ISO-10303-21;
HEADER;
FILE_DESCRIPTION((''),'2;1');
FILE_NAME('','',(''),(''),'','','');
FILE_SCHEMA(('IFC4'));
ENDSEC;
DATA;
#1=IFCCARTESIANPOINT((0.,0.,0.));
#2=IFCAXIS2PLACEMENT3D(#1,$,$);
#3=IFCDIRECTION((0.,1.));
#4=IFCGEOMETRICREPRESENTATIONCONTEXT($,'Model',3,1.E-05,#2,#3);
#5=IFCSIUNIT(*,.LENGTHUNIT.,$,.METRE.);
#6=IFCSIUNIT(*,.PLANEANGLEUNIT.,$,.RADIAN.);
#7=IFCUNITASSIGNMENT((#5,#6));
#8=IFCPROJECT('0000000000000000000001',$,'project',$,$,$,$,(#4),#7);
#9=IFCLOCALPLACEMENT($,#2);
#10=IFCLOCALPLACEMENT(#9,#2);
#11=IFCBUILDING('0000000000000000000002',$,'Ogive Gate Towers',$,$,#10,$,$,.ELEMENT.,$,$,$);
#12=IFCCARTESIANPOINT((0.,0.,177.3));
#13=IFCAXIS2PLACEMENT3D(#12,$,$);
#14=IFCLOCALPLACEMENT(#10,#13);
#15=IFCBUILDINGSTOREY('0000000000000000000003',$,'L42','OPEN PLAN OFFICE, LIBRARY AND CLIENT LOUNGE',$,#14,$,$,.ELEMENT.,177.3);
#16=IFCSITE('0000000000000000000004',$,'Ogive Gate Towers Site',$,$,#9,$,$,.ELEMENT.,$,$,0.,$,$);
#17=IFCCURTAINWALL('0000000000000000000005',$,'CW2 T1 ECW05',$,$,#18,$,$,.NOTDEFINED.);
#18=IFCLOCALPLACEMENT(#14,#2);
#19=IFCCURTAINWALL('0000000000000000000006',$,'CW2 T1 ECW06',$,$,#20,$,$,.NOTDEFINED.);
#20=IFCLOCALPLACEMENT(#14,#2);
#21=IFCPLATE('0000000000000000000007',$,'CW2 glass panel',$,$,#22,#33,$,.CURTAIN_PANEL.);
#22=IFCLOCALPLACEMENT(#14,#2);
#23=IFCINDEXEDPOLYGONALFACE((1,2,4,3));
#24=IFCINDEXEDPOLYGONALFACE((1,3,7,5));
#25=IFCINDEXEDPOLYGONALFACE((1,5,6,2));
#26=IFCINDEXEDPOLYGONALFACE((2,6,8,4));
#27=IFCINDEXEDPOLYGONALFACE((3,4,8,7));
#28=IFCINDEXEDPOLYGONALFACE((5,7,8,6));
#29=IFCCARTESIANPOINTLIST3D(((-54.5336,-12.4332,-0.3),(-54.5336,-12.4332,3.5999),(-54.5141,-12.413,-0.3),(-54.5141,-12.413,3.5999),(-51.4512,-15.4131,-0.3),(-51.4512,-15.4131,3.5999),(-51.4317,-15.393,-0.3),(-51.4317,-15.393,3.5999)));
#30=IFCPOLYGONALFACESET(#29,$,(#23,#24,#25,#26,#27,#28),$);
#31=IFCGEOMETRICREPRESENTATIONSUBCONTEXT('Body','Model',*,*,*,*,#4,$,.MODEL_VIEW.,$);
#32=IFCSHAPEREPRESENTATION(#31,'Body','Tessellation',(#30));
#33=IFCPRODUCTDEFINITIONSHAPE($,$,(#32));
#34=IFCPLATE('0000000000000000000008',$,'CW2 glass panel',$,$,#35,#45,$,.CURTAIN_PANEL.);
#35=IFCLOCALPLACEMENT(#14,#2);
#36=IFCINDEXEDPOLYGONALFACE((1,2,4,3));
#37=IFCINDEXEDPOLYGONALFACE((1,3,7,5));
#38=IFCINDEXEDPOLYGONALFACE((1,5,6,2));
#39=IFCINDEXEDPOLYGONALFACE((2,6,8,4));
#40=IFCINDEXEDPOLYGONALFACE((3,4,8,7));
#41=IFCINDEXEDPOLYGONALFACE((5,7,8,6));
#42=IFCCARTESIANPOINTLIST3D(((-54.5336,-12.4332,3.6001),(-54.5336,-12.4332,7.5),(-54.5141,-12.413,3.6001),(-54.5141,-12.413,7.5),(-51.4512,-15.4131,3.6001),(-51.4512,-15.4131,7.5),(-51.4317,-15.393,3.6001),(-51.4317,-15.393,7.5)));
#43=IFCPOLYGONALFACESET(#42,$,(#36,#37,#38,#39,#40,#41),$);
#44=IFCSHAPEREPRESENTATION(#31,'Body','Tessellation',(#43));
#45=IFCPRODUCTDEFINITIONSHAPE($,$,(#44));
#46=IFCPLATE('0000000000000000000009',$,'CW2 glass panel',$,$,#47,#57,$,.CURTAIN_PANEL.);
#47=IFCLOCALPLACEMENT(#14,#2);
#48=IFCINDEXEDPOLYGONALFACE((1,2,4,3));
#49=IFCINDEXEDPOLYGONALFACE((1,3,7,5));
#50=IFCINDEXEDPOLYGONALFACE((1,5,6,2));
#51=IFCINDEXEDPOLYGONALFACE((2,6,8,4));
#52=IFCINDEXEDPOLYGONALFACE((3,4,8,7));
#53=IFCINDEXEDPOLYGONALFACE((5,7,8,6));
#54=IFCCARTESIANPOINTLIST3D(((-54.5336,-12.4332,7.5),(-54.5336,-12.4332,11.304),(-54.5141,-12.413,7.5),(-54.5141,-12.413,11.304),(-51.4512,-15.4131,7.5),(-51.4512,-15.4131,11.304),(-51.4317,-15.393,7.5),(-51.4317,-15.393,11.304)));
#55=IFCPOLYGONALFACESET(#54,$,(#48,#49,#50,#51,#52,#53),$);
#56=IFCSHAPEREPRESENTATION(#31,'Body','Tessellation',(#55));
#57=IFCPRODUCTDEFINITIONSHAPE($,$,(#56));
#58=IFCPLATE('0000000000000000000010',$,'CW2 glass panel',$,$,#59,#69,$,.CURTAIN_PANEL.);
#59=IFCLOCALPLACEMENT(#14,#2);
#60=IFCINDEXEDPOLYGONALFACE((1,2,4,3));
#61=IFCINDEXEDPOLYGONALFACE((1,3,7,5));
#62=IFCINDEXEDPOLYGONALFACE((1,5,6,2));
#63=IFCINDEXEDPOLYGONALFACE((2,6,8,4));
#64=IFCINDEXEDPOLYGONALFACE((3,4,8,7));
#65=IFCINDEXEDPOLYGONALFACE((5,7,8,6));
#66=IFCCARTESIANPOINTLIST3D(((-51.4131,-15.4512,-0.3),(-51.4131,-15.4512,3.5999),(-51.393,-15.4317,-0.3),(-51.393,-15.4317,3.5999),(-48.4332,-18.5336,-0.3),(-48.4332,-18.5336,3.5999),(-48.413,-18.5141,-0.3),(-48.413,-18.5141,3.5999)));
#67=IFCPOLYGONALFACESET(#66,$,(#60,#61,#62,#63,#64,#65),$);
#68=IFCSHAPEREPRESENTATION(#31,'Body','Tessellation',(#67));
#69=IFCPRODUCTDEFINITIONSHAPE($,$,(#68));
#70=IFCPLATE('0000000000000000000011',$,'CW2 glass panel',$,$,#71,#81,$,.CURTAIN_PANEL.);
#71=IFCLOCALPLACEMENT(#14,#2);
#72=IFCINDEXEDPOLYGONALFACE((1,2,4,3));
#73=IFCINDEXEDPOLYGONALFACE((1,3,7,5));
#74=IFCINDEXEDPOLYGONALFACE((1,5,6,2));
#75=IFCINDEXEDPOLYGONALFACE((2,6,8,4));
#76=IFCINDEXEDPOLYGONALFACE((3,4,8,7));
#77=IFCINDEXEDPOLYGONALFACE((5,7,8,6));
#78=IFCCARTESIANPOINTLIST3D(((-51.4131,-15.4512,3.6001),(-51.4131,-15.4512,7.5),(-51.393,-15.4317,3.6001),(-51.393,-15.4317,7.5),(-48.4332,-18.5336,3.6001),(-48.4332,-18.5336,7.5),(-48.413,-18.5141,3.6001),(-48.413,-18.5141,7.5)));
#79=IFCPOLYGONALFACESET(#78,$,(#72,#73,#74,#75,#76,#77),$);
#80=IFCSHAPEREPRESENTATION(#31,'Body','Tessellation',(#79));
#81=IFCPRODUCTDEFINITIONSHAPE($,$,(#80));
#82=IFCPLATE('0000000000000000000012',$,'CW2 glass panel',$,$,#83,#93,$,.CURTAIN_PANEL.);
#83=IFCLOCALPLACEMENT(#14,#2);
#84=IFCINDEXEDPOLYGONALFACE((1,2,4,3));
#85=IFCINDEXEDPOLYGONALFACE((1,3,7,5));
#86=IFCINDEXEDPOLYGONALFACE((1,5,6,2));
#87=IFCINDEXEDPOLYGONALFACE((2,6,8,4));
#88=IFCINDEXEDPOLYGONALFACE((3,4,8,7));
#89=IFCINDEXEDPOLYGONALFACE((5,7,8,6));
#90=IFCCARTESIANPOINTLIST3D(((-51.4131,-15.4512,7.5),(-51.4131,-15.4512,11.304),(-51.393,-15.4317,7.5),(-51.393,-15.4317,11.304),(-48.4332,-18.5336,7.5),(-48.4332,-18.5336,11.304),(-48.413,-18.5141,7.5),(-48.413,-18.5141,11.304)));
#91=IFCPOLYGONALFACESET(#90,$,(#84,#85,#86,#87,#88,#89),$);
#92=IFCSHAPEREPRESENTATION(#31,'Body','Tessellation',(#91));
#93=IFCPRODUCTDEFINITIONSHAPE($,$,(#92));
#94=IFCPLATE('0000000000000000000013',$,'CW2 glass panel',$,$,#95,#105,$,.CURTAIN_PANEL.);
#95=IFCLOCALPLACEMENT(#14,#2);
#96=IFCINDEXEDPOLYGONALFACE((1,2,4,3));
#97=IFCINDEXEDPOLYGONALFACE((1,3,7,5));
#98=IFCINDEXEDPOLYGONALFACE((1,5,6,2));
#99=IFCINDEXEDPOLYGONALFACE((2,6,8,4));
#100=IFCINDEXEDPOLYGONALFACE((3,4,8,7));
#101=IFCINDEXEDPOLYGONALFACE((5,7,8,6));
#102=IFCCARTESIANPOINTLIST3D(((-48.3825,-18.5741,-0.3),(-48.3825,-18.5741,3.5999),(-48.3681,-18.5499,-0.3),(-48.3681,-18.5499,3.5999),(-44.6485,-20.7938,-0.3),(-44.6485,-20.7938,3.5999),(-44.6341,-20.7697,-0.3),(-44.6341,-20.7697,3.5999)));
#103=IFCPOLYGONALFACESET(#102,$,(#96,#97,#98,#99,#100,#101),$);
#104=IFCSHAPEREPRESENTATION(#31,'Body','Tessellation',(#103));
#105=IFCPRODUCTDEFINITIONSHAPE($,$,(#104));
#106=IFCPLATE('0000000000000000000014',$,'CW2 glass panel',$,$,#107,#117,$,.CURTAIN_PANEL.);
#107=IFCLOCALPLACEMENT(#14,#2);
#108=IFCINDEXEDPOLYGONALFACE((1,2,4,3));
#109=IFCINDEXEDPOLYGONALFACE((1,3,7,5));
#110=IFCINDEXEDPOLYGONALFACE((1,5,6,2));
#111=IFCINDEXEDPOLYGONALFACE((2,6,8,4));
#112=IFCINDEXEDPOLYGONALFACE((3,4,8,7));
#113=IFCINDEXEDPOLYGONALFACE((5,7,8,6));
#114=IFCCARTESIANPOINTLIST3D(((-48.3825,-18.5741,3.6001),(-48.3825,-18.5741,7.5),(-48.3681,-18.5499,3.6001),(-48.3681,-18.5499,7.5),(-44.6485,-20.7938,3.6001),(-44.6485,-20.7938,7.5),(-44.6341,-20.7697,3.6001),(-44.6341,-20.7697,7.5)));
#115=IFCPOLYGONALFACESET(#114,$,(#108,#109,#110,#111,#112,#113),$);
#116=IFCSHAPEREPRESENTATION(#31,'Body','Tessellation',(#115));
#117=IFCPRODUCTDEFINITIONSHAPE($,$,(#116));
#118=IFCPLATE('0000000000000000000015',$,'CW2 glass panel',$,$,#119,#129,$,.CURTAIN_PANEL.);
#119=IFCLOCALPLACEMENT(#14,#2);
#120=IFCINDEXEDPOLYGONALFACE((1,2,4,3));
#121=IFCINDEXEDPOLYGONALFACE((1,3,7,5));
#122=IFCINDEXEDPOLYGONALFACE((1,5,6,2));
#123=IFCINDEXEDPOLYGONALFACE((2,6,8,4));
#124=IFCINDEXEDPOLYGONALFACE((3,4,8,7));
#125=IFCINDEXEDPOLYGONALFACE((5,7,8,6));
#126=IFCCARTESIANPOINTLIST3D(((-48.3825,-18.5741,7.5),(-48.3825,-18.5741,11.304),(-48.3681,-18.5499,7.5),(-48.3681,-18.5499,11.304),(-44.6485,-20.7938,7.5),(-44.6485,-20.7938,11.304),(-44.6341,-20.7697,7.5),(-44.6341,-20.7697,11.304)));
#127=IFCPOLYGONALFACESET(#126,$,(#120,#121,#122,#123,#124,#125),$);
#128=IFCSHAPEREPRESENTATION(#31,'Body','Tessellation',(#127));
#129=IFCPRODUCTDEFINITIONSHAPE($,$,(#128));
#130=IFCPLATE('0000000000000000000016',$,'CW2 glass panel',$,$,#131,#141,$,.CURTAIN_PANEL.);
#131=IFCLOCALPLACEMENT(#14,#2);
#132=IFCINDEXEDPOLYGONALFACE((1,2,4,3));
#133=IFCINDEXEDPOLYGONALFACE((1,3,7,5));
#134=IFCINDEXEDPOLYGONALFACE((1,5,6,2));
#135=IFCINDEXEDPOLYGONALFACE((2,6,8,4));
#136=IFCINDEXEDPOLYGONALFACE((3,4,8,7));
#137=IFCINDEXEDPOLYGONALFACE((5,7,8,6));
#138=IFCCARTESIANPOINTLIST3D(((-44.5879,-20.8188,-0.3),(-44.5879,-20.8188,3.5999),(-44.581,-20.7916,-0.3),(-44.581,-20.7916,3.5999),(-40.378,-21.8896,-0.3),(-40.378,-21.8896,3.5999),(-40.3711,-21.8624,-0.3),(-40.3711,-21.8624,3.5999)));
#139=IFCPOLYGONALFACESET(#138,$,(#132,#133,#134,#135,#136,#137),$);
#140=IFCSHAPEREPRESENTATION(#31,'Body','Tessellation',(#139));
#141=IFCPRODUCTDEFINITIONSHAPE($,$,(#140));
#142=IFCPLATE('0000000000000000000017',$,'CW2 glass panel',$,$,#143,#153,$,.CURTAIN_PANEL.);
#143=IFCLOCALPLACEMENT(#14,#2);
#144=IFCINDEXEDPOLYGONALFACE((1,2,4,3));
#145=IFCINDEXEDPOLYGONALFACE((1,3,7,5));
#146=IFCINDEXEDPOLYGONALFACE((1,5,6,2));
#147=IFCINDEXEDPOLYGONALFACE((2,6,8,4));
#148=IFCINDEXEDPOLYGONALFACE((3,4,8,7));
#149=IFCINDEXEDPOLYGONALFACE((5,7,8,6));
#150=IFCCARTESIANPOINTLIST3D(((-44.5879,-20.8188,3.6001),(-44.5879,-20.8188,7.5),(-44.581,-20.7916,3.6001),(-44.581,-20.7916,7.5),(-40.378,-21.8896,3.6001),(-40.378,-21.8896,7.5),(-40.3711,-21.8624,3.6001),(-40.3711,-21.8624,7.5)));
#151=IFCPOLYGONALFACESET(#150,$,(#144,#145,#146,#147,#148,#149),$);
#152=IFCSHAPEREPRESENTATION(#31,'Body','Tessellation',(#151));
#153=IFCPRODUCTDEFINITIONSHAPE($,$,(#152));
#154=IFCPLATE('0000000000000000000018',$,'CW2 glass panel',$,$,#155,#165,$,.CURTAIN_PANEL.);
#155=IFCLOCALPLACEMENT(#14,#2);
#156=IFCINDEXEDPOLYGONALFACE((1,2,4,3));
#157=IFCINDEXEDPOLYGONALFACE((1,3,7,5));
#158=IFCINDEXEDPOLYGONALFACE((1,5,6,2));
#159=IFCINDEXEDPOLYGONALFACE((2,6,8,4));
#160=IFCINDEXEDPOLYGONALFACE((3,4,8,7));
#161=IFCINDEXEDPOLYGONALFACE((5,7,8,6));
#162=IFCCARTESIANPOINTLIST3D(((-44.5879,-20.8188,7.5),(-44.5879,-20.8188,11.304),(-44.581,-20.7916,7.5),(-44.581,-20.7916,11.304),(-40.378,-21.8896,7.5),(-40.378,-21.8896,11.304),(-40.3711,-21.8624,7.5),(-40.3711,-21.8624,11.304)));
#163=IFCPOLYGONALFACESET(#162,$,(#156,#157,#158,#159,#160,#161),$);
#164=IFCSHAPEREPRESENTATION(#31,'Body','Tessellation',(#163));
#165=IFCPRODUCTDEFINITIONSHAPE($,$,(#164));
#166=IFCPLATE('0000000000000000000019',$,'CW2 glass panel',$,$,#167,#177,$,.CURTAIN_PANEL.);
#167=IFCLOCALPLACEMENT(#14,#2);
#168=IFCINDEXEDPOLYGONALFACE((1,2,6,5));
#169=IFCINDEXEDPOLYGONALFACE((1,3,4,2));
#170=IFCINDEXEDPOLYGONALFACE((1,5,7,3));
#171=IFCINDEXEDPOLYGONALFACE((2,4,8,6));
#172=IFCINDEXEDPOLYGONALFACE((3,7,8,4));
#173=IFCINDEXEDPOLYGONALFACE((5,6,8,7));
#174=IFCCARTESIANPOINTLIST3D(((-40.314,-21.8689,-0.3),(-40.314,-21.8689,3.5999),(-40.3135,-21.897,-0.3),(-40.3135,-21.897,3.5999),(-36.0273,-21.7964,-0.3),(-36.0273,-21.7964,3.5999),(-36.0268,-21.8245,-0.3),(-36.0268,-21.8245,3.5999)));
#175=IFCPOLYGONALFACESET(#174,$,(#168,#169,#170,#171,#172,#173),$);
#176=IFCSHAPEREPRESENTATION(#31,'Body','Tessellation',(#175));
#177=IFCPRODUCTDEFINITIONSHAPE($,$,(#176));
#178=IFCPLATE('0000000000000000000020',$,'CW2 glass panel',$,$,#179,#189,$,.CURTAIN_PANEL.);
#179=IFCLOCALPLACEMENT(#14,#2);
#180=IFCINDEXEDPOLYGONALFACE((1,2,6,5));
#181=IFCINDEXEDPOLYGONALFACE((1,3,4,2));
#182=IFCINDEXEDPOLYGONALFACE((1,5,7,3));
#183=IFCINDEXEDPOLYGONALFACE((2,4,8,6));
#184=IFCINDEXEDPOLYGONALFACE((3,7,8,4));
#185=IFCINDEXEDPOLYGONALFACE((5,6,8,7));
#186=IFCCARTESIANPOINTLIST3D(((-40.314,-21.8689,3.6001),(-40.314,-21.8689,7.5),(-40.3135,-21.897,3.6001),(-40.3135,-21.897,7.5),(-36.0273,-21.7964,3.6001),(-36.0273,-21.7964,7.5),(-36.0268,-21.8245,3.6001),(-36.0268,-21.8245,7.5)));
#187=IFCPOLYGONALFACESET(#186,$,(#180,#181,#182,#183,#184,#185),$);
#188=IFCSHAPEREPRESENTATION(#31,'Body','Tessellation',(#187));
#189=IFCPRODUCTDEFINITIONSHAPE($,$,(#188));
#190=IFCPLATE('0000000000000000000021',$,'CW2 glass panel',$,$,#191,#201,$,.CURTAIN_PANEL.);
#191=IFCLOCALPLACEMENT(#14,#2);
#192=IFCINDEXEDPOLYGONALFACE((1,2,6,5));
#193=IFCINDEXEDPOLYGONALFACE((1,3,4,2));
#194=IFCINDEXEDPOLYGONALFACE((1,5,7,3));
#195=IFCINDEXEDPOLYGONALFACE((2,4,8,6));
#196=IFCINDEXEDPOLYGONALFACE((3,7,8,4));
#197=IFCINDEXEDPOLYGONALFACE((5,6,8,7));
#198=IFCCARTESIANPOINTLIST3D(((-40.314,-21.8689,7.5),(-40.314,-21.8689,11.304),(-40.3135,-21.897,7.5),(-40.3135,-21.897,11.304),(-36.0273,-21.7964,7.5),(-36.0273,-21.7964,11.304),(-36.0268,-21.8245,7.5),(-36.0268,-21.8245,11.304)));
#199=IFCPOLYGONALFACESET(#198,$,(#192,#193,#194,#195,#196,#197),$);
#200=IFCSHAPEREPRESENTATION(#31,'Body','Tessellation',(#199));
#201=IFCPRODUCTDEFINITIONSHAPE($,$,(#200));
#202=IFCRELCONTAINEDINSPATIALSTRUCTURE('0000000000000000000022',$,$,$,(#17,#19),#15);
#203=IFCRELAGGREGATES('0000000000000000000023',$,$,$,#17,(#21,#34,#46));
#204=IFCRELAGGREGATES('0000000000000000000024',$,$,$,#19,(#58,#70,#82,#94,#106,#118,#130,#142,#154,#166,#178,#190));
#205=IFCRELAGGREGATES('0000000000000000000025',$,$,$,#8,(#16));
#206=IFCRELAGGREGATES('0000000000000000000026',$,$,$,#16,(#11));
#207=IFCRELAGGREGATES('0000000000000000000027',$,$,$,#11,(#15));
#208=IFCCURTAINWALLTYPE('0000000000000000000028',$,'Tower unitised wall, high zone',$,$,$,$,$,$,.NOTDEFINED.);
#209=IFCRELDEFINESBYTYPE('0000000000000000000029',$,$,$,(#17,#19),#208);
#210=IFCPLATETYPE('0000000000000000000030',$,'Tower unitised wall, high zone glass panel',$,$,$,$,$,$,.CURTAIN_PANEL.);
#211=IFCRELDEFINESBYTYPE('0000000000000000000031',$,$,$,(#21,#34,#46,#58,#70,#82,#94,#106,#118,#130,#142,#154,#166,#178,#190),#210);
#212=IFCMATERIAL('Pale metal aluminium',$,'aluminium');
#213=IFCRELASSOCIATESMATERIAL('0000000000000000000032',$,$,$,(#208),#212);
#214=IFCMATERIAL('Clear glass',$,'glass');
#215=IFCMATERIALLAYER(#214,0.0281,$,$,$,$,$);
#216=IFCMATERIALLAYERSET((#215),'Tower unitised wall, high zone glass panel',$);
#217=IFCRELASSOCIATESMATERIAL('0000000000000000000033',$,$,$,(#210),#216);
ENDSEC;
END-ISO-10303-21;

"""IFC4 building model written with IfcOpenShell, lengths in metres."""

from ifc_helpers import new_model, si_unit, direction, frame, origin, origin_2d, place, context, subcontext, project, spatial, rectangle, extrude, material, layer, layer_set, type_object, element, aggregate, save


model = new_model("IFC4")

# Units and contexts
model_context = context("Model", 3, precision=1e-05, world=origin(), true_north=direction((0.0, 1.0)))
body_context = subcontext(model_context, "Body", "Model", "MODEL_VIEW")
ifc_project = project(units=[si_unit("LENGTHUNIT", "METRE"), si_unit("PLANEANGLEUNIT", "RADIAN")], contexts=[model_context])

# Site, building, storey
site_placement = place(None, origin())
site = spatial("IfcSite", under=ifc_project, at=site_placement, Name="Ogive Gate Towers Site", CompositionType="ELEMENT", RefElevation=0.0)
building_placement = place(site_placement, origin())
building = spatial("IfcBuilding", under=site, at=building_placement, Name="Ogive Gate Towers", CompositionType="ELEMENT")
storey_placement = place(building_placement, frame((0.0, 0.0, 177.3)))
storey = spatial("IfcBuildingStorey", under=building, at=storey_placement, Name="L42", Description="OPEN PLAN OFFICE, LIBRARY AND CLIENT LOUNGE", CompositionType="ELEMENT", Elevation=177.3)

# Curtain walls
ifc_material_1 = material(Name="Pale metal aluminium", Category="aluminium")
curtain_wall_type = type_object("IfcCurtainWallType", Name="Tower unitised wall, high zone", PredefinedType="NOTDEFINED", material=ifc_material_1)
curtain_wall_1_placement = place(storey_placement, origin())
curtain_wall_1 = element("IfcCurtainWall", 1, at=curtain_wall_1_placement, inside=storey, type_object=curtain_wall_type, Name="CW2 T1 ECW05", PredefinedType="NOTDEFINED")
curtain_wall_2_placement = place(storey_placement, origin())
curtain_wall_2 = element("IfcCurtainWall", 2, at=curtain_wall_2_placement, inside=storey, type_object=curtain_wall_type, Name="CW2 T1 ECW06", PredefinedType="NOTDEFINED")

# Plates
ifc_material_2 = material(Name="Clear glass", Category="glass")
ifc_layer_1 = layer(ifc_material_2, 0.0281)
ifc_layer_set_1 = layer_set([ifc_layer_1], Name="Tower unitised wall, high zone glass panel")
plate_type = type_object("IfcPlateType", Name="Tower unitised wall, high zone glass panel", PredefinedType="CURTAIN_PANEL", material=ifc_layer_set_1)
plate_1_placement = place(storey_placement, frame((-52.9827, -13.9131, -0.3), z_axis=(0.0, 0.0, 1.0), x_axis=(0.718964, -0.695047, 0.0)))
plate_1 = element("IfcPlate", 3, at=plate_1_placement, type_object=plate_type, Name="CW2 glass panel", PredefinedType="CURTAIN_PANEL", context=body_context, shape_type="SweptSolid", body=[
    extrude(rectangle(XDim=4.2874, YDim=0.0281, at=origin_2d()), origin(), (0.0, 0.0, 1.0), 3.8999),
])
plate_2_placement = place(storey_placement, frame((-52.9827, -13.9131, 3.6001), z_axis=(0.0, 0.0, 1.0), x_axis=(0.718964, -0.695047, 0.0)))
plate_2 = element("IfcPlate", 4, at=plate_2_placement, type_object=plate_type, Name="CW2 glass panel", PredefinedType="CURTAIN_PANEL", context=body_context, shape_type="SweptSolid", body=[
    extrude(rectangle(XDim=4.2874, YDim=0.0281, at=origin_2d()), origin(), (0.0, 0.0, 1.0), 3.8999),
])
plate_3_placement = place(storey_placement, frame((-52.9827, -13.9131, 7.5), z_axis=(0.0, 0.0, 1.0), x_axis=(0.718964, -0.695047, 0.0)))
plate_3 = element("IfcPlate", 5, at=plate_3_placement, type_object=plate_type, Name="CW2 glass panel", PredefinedType="CURTAIN_PANEL", context=body_context, shape_type="SweptSolid", body=[
    extrude(rectangle(XDim=4.2874, YDim=0.0281, at=origin_2d()), origin(), (0.0, 0.0, 1.0), 3.804),
])
aggregate(curtain_wall_1, [plate_1, plate_2, plate_3])
plate_4_placement = place(storey_placement, frame((-49.9131, -16.9827, -0.3), z_axis=(0.0, 0.0, 1.0), x_axis=(0.695047, -0.718964, 0.0)))
plate_4 = element("IfcPlate", 6, at=plate_4_placement, type_object=plate_type, Name="CW2 glass panel", PredefinedType="CURTAIN_PANEL", context=body_context, shape_type="SweptSolid", body=[
    extrude(rectangle(XDim=4.2874, YDim=0.0281, at=origin_2d()), origin(), (0.0, 0.0, 1.0), 3.8999),
])
plate_5_placement = place(storey_placement, frame((-49.9131, -16.9827, 3.6001), z_axis=(0.0, 0.0, 1.0), x_axis=(0.695047, -0.718964, 0.0)))
plate_5 = element("IfcPlate", 7, at=plate_5_placement, type_object=plate_type, Name="CW2 glass panel", PredefinedType="CURTAIN_PANEL", context=body_context, shape_type="SweptSolid", body=[
    extrude(rectangle(XDim=4.2874, YDim=0.0281, at=origin_2d()), origin(), (0.0, 0.0, 1.0), 3.8999),
])
plate_6_placement = place(storey_placement, frame((-49.9131, -16.9827, 7.5), z_axis=(0.0, 0.0, 1.0), x_axis=(0.695047, -0.718964, 0.0)))
plate_6 = element("IfcPlate", 8, at=plate_6_placement, type_object=plate_type, Name="CW2 glass panel", PredefinedType="CURTAIN_PANEL", context=body_context, shape_type="SweptSolid", body=[
    extrude(rectangle(XDim=4.2874, YDim=0.0281, at=origin_2d()), origin(), (0.0, 0.0, 1.0), 3.804),
])
plate_7_placement = place(storey_placement, frame((-46.5083, -19.6719, -0.3), z_axis=(0.0, 0.0, 1.0), x_axis=(0.859585, -0.510993, 0.0)))
plate_7 = element("IfcPlate", 9, at=plate_7_placement, type_object=plate_type, Name="CW2 glass panel", PredefinedType="CURTAIN_PANEL", context=body_context, shape_type="SweptSolid", body=[
    extrude(rectangle(XDim=4.344, YDim=0.0281, at=origin_2d()), origin(), (0.0, 0.0, 1.0), 3.8999),
])
plate_8_placement = place(storey_placement, frame((-46.5083, -19.6719, 3.6001), z_axis=(0.0, 0.0, 1.0), x_axis=(0.859585, -0.510993, 0.0)))
plate_8 = element("IfcPlate", 10, at=plate_8_placement, type_object=plate_type, Name="CW2 glass panel", PredefinedType="CURTAIN_PANEL", context=body_context, shape_type="SweptSolid", body=[
    extrude(rectangle(XDim=4.344, YDim=0.0281, at=origin_2d()), origin(), (0.0, 0.0, 1.0), 3.8999),
])
plate_9_placement = place(storey_placement, frame((-46.5083, -19.6719, 7.5), z_axis=(0.0, 0.0, 1.0), x_axis=(0.859585, -0.510993, 0.0)))
plate_9 = element("IfcPlate", 11, at=plate_9_placement, type_object=plate_type, Name="CW2 glass panel", PredefinedType="CURTAIN_PANEL", context=body_context, shape_type="SweptSolid", body=[
    extrude(rectangle(XDim=4.344, YDim=0.0281, at=origin_2d()), origin(), (0.0, 0.0, 1.0), 3.804),
])
plate_10_placement = place(storey_placement, frame((-42.4795, -21.3406, -0.3), z_axis=(0.0, 0.0, 1.0), x_axis=(0.969145, -0.246492, 0.0)))
plate_10 = element("IfcPlate", 12, at=plate_10_placement, type_object=plate_type, Name="CW2 glass panel", PredefinedType="CURTAIN_PANEL", context=body_context, shape_type="SweptSolid", body=[
    extrude(rectangle(XDim=4.344, YDim=0.0281, at=origin_2d()), origin(), (0.0, 0.0, 1.0), 3.8999),
])
plate_11_placement = place(storey_placement, frame((-42.4795, -21.3406, 3.6001), z_axis=(0.0, 0.0, 1.0), x_axis=(0.969145, -0.246492, 0.0)))
plate_11 = element("IfcPlate", 13, at=plate_11_placement, type_object=plate_type, Name="CW2 glass panel", PredefinedType="CURTAIN_PANEL", context=body_context, shape_type="SweptSolid", body=[
    extrude(rectangle(XDim=4.344, YDim=0.0281, at=origin_2d()), origin(), (0.0, 0.0, 1.0), 3.8999),
])
plate_12_placement = place(storey_placement, frame((-42.4795, -21.3406, 7.5), z_axis=(0.0, 0.0, 1.0), x_axis=(0.969145, -0.246492, 0.0)))
plate_12 = element("IfcPlate", 14, at=plate_12_placement, type_object=plate_type, Name="CW2 glass panel", PredefinedType="CURTAIN_PANEL", context=body_context, shape_type="SweptSolid", body=[
    extrude(rectangle(XDim=4.344, YDim=0.0281, at=origin_2d()), origin(), (0.0, 0.0, 1.0), 3.804),
])
plate_13_placement = place(storey_placement, frame((-38.1704, -21.8467, -0.3), z_axis=(0.0, 0.0, 1.0), x_axis=(0.999857, 0.016911, 0.0)))
plate_13 = element("IfcPlate", 15, at=plate_13_placement, type_object=plate_type, Name="CW2 glass panel", PredefinedType="CURTAIN_PANEL", context=body_context, shape_type="SweptSolid", body=[
    extrude(rectangle(XDim=4.2874, YDim=0.0281, at=origin_2d()), origin(), (0.0, 0.0, 1.0), 3.8999),
])
plate_14_placement = place(storey_placement, frame((-38.1704, -21.8467, 3.6001), z_axis=(0.0, 0.0, 1.0), x_axis=(0.999857, 0.016911, 0.0)))
plate_14 = element("IfcPlate", 16, at=plate_14_placement, type_object=plate_type, Name="CW2 glass panel", PredefinedType="CURTAIN_PANEL", context=body_context, shape_type="SweptSolid", body=[
    extrude(rectangle(XDim=4.2874, YDim=0.0281, at=origin_2d()), origin(), (0.0, 0.0, 1.0), 3.8999),
])
plate_15_placement = place(storey_placement, frame((-38.1704, -21.8467, 7.5), z_axis=(0.0, 0.0, 1.0), x_axis=(0.999857, 0.016911, 0.0)))
plate_15 = element("IfcPlate", 17, at=plate_15_placement, type_object=plate_type, Name="CW2 glass panel", PredefinedType="CURTAIN_PANEL", context=body_context, shape_type="SweptSolid", body=[
    extrude(rectangle(XDim=4.2874, YDim=0.0281, at=origin_2d()), origin(), (0.0, 0.0, 1.0), 3.804),
])
aggregate(curtain_wall_2, [plate_4, plate_5, plate_6, plate_7, plate_8, plate_9, plate_10, plate_11, plate_12, plate_13, plate_14, plate_15])

save(model, "model.ifc")
